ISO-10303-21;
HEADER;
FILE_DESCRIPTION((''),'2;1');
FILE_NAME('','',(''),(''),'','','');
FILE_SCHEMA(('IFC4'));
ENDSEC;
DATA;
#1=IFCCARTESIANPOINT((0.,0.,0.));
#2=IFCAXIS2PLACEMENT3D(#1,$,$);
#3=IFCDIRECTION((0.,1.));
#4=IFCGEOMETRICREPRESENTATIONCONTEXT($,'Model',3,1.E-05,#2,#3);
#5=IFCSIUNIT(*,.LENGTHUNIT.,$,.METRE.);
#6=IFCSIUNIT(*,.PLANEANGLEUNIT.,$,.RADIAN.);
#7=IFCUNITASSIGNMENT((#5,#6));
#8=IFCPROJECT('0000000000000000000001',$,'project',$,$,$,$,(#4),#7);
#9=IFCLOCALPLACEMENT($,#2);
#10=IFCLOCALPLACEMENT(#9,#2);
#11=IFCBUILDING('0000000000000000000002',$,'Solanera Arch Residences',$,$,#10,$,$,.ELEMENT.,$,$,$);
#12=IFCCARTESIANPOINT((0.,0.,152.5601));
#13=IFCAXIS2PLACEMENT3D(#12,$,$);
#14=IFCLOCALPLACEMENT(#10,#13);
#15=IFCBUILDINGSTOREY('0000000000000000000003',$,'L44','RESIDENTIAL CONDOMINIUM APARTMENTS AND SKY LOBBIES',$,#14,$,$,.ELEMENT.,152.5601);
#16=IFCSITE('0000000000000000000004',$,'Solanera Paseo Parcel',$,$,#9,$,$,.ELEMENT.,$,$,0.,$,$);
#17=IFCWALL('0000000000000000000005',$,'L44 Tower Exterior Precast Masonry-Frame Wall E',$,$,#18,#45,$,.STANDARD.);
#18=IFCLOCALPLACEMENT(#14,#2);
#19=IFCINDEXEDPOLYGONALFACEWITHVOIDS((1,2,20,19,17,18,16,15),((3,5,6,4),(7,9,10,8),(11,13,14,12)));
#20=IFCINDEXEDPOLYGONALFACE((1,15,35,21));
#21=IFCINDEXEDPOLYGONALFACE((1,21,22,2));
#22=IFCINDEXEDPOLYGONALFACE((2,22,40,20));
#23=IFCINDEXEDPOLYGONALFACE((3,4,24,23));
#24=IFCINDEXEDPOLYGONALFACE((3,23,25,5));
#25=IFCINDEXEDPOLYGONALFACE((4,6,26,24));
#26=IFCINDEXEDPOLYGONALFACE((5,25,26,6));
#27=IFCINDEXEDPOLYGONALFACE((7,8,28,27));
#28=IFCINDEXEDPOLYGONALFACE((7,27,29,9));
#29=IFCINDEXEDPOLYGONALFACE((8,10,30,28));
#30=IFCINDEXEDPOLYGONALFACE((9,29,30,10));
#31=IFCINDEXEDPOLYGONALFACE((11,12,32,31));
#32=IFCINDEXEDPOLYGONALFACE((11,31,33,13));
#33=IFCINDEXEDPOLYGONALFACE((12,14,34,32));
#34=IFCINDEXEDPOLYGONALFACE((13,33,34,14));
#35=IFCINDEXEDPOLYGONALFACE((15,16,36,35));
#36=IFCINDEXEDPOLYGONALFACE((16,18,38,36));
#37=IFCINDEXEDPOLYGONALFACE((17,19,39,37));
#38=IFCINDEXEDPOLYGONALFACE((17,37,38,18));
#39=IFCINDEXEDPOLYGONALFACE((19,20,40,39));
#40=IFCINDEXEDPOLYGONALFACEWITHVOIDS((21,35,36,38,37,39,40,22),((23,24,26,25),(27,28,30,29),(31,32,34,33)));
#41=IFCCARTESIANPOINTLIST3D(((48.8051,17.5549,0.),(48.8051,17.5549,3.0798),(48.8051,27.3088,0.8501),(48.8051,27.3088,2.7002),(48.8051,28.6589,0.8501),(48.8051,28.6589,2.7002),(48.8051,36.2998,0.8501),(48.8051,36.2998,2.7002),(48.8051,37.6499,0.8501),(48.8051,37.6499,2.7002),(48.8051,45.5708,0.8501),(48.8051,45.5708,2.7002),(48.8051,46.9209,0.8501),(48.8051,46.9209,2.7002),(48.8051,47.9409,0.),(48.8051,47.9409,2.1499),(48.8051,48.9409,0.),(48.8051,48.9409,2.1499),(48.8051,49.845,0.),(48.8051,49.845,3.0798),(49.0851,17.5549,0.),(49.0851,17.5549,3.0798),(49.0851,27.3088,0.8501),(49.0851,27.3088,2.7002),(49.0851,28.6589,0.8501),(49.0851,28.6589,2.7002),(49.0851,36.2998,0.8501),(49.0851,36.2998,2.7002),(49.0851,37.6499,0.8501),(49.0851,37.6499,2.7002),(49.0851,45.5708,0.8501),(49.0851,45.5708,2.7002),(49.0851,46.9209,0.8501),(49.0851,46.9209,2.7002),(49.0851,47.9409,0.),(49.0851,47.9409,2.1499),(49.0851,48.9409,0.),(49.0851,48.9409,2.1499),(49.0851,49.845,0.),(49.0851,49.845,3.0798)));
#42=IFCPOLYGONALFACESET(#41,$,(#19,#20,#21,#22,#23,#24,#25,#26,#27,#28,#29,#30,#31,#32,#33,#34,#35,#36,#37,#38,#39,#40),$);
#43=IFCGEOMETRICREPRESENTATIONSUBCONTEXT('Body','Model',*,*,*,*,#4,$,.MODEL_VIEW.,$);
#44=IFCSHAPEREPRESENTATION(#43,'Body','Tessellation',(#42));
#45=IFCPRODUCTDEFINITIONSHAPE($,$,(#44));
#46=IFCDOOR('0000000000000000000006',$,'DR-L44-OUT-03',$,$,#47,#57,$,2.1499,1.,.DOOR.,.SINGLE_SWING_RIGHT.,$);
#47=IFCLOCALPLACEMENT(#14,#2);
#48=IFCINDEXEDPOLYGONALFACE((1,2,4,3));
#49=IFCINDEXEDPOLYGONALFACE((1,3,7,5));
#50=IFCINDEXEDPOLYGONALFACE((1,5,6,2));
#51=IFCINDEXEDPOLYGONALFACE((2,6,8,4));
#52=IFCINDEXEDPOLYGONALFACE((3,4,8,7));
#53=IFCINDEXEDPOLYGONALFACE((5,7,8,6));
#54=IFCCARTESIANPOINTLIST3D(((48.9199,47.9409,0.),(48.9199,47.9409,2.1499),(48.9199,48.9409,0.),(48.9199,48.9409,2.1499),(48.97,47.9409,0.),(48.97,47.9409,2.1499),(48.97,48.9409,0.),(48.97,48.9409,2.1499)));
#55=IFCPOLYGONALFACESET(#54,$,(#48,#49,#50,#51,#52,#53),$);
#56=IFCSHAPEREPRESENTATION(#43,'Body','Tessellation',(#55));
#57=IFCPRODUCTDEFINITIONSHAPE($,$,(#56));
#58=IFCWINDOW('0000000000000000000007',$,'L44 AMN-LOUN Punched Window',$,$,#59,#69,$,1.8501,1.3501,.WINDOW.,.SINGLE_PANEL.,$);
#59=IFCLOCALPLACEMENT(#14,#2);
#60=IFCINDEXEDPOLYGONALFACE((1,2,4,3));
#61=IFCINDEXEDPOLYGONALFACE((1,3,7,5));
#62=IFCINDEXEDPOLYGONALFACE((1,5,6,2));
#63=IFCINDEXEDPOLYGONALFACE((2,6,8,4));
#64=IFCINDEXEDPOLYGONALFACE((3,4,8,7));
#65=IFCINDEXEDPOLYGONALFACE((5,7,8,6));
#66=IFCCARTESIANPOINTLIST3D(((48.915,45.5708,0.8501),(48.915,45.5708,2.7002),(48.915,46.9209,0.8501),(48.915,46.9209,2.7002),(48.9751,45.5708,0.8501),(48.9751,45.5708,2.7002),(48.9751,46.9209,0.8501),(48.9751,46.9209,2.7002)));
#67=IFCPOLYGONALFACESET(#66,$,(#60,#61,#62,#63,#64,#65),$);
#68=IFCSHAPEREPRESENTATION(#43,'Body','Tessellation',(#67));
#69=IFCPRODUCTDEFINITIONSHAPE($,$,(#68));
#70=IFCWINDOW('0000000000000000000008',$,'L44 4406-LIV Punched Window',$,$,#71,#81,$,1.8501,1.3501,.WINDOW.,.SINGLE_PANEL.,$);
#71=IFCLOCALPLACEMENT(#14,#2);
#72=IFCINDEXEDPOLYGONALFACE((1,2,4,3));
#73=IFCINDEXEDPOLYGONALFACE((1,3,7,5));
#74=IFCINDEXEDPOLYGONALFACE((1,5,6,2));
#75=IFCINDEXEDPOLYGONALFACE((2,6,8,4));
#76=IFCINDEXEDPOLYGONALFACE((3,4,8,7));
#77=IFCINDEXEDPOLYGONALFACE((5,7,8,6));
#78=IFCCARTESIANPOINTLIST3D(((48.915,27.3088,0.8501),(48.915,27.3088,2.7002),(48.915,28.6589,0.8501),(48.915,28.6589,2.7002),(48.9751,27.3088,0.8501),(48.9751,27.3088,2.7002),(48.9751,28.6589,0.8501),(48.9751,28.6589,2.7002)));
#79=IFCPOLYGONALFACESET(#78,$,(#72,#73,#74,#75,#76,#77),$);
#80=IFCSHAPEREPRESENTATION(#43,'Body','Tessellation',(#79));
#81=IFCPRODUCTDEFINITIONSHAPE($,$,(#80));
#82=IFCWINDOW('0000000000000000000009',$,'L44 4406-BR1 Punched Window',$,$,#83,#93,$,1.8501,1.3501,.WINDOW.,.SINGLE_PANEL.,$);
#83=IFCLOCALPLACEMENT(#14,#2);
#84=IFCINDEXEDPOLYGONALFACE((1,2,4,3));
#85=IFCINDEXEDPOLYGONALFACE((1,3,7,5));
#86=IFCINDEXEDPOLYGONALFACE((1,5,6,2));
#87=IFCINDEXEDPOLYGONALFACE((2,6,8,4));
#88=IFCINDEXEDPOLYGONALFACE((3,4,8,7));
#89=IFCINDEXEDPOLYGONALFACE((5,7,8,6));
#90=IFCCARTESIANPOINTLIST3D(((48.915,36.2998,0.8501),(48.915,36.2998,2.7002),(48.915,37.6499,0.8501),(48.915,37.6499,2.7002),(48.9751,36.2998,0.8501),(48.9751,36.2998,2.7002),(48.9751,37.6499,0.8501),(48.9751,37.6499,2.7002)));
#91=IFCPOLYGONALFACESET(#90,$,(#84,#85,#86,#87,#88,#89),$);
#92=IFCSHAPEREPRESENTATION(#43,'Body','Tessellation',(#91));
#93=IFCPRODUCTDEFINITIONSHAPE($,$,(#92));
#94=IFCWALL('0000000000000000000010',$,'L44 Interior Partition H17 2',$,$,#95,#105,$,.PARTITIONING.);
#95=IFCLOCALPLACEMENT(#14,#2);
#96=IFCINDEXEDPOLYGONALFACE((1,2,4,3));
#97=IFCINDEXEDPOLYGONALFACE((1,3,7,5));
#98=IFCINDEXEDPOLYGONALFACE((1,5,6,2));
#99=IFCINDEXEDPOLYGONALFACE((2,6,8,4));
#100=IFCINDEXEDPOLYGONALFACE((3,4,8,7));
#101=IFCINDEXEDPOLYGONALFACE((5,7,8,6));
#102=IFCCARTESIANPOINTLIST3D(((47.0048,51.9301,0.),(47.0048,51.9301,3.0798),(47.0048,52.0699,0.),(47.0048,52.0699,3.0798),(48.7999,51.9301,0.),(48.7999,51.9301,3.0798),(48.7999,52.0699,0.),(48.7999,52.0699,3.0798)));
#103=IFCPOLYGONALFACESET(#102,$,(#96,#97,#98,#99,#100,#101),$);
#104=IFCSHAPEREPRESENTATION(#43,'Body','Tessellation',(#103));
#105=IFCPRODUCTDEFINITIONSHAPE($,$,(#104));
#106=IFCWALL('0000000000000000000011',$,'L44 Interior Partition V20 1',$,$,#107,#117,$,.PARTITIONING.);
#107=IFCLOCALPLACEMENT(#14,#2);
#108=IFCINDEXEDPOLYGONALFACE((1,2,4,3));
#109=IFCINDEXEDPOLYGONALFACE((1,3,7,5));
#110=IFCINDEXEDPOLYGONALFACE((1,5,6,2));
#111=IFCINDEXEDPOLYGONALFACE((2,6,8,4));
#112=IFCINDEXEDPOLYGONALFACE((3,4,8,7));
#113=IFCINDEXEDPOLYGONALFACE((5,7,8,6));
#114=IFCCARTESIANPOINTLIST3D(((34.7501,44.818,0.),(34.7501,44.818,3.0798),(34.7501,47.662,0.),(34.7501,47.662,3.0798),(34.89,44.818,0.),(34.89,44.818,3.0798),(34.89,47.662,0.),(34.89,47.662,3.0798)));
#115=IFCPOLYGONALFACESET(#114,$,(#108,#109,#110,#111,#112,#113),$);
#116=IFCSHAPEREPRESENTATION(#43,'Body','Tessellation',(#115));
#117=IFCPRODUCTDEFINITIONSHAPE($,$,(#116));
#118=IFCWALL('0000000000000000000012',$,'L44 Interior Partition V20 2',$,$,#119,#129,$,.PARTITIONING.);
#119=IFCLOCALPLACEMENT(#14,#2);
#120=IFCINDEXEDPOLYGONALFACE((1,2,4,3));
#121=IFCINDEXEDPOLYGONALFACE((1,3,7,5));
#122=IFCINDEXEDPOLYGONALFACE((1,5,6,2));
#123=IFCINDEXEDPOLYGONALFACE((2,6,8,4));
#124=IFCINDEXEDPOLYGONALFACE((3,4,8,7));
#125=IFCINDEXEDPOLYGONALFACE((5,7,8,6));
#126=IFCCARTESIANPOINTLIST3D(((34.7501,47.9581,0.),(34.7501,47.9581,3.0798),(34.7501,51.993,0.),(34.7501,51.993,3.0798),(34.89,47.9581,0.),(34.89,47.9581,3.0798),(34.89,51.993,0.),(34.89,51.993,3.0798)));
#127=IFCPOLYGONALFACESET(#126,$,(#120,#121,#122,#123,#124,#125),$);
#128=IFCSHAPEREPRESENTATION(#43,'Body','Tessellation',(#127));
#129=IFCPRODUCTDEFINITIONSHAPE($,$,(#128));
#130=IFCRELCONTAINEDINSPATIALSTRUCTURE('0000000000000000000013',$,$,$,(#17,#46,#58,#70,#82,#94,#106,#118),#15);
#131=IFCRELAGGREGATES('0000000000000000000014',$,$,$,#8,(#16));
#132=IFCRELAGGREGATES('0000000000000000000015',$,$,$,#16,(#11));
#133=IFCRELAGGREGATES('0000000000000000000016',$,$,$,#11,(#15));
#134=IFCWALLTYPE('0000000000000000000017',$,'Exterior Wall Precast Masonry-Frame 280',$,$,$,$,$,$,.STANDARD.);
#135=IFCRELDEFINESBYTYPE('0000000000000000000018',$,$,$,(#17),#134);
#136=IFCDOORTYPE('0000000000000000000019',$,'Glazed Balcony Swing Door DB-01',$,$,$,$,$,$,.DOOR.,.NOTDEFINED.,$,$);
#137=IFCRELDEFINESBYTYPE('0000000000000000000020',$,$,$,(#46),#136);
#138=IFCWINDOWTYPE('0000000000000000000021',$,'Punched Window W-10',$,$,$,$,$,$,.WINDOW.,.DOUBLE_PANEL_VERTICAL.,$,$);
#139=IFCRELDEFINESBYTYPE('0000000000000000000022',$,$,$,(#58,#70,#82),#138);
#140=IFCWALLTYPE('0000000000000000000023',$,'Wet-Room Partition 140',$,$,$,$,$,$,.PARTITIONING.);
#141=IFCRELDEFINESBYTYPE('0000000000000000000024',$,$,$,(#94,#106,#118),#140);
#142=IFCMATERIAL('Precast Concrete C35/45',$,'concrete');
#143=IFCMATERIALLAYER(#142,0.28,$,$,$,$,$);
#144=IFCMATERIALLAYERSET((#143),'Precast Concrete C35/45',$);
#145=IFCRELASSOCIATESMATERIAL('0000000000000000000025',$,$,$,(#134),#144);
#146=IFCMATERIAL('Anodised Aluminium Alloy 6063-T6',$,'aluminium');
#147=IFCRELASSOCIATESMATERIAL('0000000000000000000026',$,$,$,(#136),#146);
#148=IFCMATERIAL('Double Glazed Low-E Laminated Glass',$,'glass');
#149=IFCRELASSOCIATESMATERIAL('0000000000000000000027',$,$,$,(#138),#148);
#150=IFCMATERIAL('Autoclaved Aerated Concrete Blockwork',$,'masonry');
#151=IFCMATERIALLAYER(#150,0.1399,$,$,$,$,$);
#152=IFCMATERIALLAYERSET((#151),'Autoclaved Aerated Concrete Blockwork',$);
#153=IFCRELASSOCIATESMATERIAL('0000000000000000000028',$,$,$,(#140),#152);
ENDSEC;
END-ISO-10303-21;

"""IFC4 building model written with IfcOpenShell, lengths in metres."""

from ifc_helpers import new_model, si_unit, direction, frame, frame_2d, origin, place, context, subcontext, project, spatial, rectangle, extrude, material, layer, layer_set, type_object, element, fill, save


model = new_model("IFC4")

# Units and contexts
model_context = context("Model", 3, precision=1e-05, world=origin(), true_north=direction((0.0, 1.0)))
body_context = subcontext(model_context, "Body", "Model", "MODEL_VIEW")
ifc_project = project(units=[si_unit("LENGTHUNIT", "METRE"), si_unit("PLANEANGLEUNIT", "RADIAN")], contexts=[model_context])

# Site, building, storey
site_placement = place(None, origin())
site = spatial("IfcSite", under=ifc_project, at=site_placement, Name="Solanera Paseo Parcel", CompositionType="ELEMENT", RefElevation=0.0)
building_placement = place(site_placement, origin())
building = spatial("IfcBuilding", under=site, at=building_placement, Name="Solanera Arch Residences", CompositionType="ELEMENT")
storey_placement = place(building_placement, frame((0.0, 0.0, 152.5601)))
storey = spatial("IfcBuildingStorey", under=building, at=storey_placement, Name="L44", Description="RESIDENTIAL CONDOMINIUM APARTMENTS AND SKY LOBBIES", CompositionType="ELEMENT", Elevation=152.5601)

# Shared definitions
ifc_material_1 = material(Name="Precast Concrete C35/45", Category="concrete")
ifc_layer_1 = layer(ifc_material_1, 0.28)
ifc_layer_set_1 = layer_set([ifc_layer_1], Name="Precast Concrete C35/45")
wall_type_1 = type_object("IfcWallType", Name="Exterior Wall Precast Masonry-Frame 280", PredefinedType="STANDARD", material=ifc_layer_set_1)

# Wall, openings, door, windows
wall_1_placement = place(storey_placement, frame((48.9451, 49.845, 0.0), z_axis=(0.0, 0.0, 1.0), x_axis=(0.0, -1.0, 0.0)))
wall_1 = element("IfcWall", 1, at=wall_1_placement, inside=storey, type_object=wall_type_1, Name="L44 Tower Exterior Precast Masonry-Frame Wall E", PredefinedType="STANDARD", context=body_context, shape_type="SweptSolid", body=[
    extrude(rectangle(XDim=32.29, YDim=0.28, at=frame_2d((16.145, 0.0))), origin(), (0.0, 0.0, 1.0), 3.0798),
])
opening_1_placement = place(wall_1_placement, frame((0.9041, 0.0, 0.0)))
opening_1 = element("IfcOpeningElement", 2, at=opening_1_placement, cuts=wall_1, PredefinedType="OPENING", context=body_context, shape_type="SweptSolid", body=[
    extrude(rectangle(XDim=1.0, YDim=2.1499, at=frame_2d((0.5, 1.075))), frame((0.0, 0.1499, 0.0), z_axis=(0.0, -1.0, 0.0), x_axis=(1.0, 0.0, 0.0)), (0.0, 0.0, 1.0), 0.3),
])
opening_2_placement = place(wall_1_placement, frame((2.9241, 0.0, 0.8501)))
opening_2 = element("IfcOpeningElement", 3, at=opening_2_placement, cuts=wall_1, PredefinedType="OPENING", context=body_context, shape_type="SweptSolid", body=[
    extrude(rectangle(XDim=1.3501, YDim=1.8501, at=frame_2d((0.675, 0.925))), frame((0.0, 0.1499, 0.0), z_axis=(0.0, -1.0, 0.0), x_axis=(1.0, 0.0, 0.0)), (0.0, 0.0, 1.0), 0.3),
])
opening_3_placement = place(wall_1_placement, frame((21.186, 0.0, 0.8501)))
opening_3 = element("IfcOpeningElement", 4, at=opening_3_placement, cuts=wall_1, PredefinedType="OPENING", context=body_context, shape_type="SweptSolid", body=[
    extrude(rectangle(XDim=1.3501, YDim=1.8501, at=frame_2d((0.675, 0.925))), frame((0.0, 0.1499, 0.0), z_axis=(0.0, -1.0, 0.0), x_axis=(1.0, 0.0, 0.0)), (0.0, 0.0, 1.0), 0.3),
])
opening_4_placement = place(wall_1_placement, frame((12.1951, 0.0, 0.8501)))
opening_4 = element("IfcOpeningElement", 5, at=opening_4_placement, cuts=wall_1, PredefinedType="OPENING", context=body_context, shape_type="SweptSolid", body=[
    extrude(rectangle(XDim=1.3501, YDim=1.8501, at=frame_2d((0.675, 0.925))), frame((0.0, 0.1499, 0.0), z_axis=(0.0, -1.0, 0.0), x_axis=(1.0, 0.0, 0.0)), (0.0, 0.0, 1.0), 0.3),
])
ifc_material_2 = material(Name="Anodised Aluminium Alloy 6063-T6", Category="aluminium")
door_type = type_object("IfcDoorType", Name="Glazed Balcony Swing Door DB-01", OperationType="NOTDEFINED", PredefinedType="DOOR", material=ifc_material_2)
door_placement = place(opening_1_placement, origin())
door = element("IfcDoor", 6, at=door_placement, inside=storey, type_object=door_type, Name="DR-L44-OUT-03", OperationType="SINGLE_SWING_RIGHT", OverallHeight=2.1499, OverallWidth=1.0, PredefinedType="DOOR", context=body_context, shape_type="SweptSolid", body=[
    extrude(rectangle(XDim=1.0, YDim=2.1499, at=frame_2d((0.5, 1.075))), frame((0.0, 0.0249, 0.0), z_axis=(0.0, -1.0, 0.0), x_axis=(1.0, 0.0, 0.0)), (0.0, 0.0, 1.0), 0.05),
])
fill(opening_1, door)
ifc_material_3 = material(Name="Double Glazed Low-E Laminated Glass", Category="glass")
window_type = type_object("IfcWindowType", Name="Punched Window W-10", PartitioningType="DOUBLE_PANEL_VERTICAL", PredefinedType="WINDOW", material=ifc_material_3)
window_1_placement = place(opening_2_placement, origin())
window_1 = element("IfcWindow", 7, at=window_1_placement, inside=storey, type_object=window_type, Name="L44 AMN-LOUN Punched Window", OverallHeight=1.8501, OverallWidth=1.3501, PartitioningType="SINGLE_PANEL", PredefinedType="WINDOW", context=body_context, shape_type="SweptSolid", body=[
    extrude(rectangle(XDim=1.3501, YDim=1.8501, at=frame_2d((0.675, 0.925))), frame((0.0, 0.03, 0.0), z_axis=(0.0, -1.0, 0.0), x_axis=(1.0, 0.0, 0.0)), (0.0, 0.0, 1.0), 0.0601),
])
fill(opening_2, window_1)
window_2_placement = place(opening_3_placement, origin())
window_2 = element("IfcWindow", 8, at=window_2_placement, inside=storey, type_object=window_type, Name="L44 4406-LIV Punched Window", OverallHeight=1.8501, OverallWidth=1.3501, PartitioningType="SINGLE_PANEL", PredefinedType="WINDOW", context=body_context, shape_type="SweptSolid", body=[
    extrude(rectangle(XDim=1.3501, YDim=1.8501, at=frame_2d((0.675, 0.925))), frame((0.0, 0.03, 0.0), z_axis=(0.0, -1.0, 0.0), x_axis=(1.0, 0.0, 0.0)), (0.0, 0.0, 1.0), 0.0601),
])
fill(opening_3, window_2)
window_3_placement = place(opening_4_placement, origin())
window_3 = element("IfcWindow", 9, at=window_3_placement, inside=storey, type_object=window_type, Name="L44 4406-BR1 Punched Window", OverallHeight=1.8501, OverallWidth=1.3501, PartitioningType="SINGLE_PANEL", PredefinedType="WINDOW", context=body_context, shape_type="SweptSolid", body=[
    extrude(rectangle(XDim=1.3501, YDim=1.8501, at=frame_2d((0.675, 0.925))), frame((0.0, 0.03, 0.0), z_axis=(0.0, -1.0, 0.0), x_axis=(1.0, 0.0, 0.0)), (0.0, 0.0, 1.0), 0.0601),
])
fill(opening_4, window_3)

# Walls
ifc_material_4 = material(Name="Autoclaved Aerated Concrete Blockwork", Category="masonry")
ifc_layer_2 = layer(ifc_material_4, 0.1399)
ifc_layer_set_2 = layer_set([ifc_layer_2], Name="Autoclaved Aerated Concrete Blockwork")
wall_type_2 = type_object("IfcWallType", Name="Wet-Room Partition 140", PredefinedType="PARTITIONING", material=ifc_layer_set_2)
wall_2_placement = place(storey_placement, frame((47.0049, 52.0, 0.0), z_axis=(0.0, 0.0, 1.0), x_axis=(1.0, 0.0, 0.0)))
element("IfcWall", 10, at=wall_2_placement, inside=storey, type_object=wall_type_2, Name="L44 Interior Partition H17 2", PredefinedType="PARTITIONING", context=body_context, shape_type="SweptSolid", body=[
    extrude(rectangle(XDim=1.7952, YDim=0.1399, at=frame_2d((0.8975, 0.0))), origin(), (0.0, 0.0, 1.0), 3.0798),
])
wall_3_placement = place(storey_placement, frame((34.8201, 44.8181, 0.0), z_axis=(0.0, 0.0, 1.0), x_axis=(0.0, 1.0, 0.0)))
element("IfcWall", 11, at=wall_3_placement, inside=storey, type_object=wall_type_2, Name="L44 Interior Partition V20 1", PredefinedType="PARTITIONING", context=body_context, shape_type="SweptSolid", body=[
    extrude(rectangle(XDim=2.844, YDim=0.1399, at=frame_2d((1.4219, 0.0))), origin(), (0.0, 0.0, 1.0), 3.0798),
])
wall_4_placement = place(storey_placement, frame((34.8201, 47.958, 0.0), z_axis=(0.0, 0.0, 1.0), x_axis=(0.0, 1.0, 0.0)))
element("IfcWall", 12, at=wall_4_placement, inside=storey, type_object=wall_type_2, Name="L44 Interior Partition V20 2", PredefinedType="PARTITIONING", context=body_context, shape_type="SweptSolid", body=[
    extrude(rectangle(XDim=4.0349, YDim=0.1399, at=frame_2d((2.0176, 0.0))), origin(), (0.0, 0.0, 1.0), 3.0798),
])

save(model, "model.ifc")
